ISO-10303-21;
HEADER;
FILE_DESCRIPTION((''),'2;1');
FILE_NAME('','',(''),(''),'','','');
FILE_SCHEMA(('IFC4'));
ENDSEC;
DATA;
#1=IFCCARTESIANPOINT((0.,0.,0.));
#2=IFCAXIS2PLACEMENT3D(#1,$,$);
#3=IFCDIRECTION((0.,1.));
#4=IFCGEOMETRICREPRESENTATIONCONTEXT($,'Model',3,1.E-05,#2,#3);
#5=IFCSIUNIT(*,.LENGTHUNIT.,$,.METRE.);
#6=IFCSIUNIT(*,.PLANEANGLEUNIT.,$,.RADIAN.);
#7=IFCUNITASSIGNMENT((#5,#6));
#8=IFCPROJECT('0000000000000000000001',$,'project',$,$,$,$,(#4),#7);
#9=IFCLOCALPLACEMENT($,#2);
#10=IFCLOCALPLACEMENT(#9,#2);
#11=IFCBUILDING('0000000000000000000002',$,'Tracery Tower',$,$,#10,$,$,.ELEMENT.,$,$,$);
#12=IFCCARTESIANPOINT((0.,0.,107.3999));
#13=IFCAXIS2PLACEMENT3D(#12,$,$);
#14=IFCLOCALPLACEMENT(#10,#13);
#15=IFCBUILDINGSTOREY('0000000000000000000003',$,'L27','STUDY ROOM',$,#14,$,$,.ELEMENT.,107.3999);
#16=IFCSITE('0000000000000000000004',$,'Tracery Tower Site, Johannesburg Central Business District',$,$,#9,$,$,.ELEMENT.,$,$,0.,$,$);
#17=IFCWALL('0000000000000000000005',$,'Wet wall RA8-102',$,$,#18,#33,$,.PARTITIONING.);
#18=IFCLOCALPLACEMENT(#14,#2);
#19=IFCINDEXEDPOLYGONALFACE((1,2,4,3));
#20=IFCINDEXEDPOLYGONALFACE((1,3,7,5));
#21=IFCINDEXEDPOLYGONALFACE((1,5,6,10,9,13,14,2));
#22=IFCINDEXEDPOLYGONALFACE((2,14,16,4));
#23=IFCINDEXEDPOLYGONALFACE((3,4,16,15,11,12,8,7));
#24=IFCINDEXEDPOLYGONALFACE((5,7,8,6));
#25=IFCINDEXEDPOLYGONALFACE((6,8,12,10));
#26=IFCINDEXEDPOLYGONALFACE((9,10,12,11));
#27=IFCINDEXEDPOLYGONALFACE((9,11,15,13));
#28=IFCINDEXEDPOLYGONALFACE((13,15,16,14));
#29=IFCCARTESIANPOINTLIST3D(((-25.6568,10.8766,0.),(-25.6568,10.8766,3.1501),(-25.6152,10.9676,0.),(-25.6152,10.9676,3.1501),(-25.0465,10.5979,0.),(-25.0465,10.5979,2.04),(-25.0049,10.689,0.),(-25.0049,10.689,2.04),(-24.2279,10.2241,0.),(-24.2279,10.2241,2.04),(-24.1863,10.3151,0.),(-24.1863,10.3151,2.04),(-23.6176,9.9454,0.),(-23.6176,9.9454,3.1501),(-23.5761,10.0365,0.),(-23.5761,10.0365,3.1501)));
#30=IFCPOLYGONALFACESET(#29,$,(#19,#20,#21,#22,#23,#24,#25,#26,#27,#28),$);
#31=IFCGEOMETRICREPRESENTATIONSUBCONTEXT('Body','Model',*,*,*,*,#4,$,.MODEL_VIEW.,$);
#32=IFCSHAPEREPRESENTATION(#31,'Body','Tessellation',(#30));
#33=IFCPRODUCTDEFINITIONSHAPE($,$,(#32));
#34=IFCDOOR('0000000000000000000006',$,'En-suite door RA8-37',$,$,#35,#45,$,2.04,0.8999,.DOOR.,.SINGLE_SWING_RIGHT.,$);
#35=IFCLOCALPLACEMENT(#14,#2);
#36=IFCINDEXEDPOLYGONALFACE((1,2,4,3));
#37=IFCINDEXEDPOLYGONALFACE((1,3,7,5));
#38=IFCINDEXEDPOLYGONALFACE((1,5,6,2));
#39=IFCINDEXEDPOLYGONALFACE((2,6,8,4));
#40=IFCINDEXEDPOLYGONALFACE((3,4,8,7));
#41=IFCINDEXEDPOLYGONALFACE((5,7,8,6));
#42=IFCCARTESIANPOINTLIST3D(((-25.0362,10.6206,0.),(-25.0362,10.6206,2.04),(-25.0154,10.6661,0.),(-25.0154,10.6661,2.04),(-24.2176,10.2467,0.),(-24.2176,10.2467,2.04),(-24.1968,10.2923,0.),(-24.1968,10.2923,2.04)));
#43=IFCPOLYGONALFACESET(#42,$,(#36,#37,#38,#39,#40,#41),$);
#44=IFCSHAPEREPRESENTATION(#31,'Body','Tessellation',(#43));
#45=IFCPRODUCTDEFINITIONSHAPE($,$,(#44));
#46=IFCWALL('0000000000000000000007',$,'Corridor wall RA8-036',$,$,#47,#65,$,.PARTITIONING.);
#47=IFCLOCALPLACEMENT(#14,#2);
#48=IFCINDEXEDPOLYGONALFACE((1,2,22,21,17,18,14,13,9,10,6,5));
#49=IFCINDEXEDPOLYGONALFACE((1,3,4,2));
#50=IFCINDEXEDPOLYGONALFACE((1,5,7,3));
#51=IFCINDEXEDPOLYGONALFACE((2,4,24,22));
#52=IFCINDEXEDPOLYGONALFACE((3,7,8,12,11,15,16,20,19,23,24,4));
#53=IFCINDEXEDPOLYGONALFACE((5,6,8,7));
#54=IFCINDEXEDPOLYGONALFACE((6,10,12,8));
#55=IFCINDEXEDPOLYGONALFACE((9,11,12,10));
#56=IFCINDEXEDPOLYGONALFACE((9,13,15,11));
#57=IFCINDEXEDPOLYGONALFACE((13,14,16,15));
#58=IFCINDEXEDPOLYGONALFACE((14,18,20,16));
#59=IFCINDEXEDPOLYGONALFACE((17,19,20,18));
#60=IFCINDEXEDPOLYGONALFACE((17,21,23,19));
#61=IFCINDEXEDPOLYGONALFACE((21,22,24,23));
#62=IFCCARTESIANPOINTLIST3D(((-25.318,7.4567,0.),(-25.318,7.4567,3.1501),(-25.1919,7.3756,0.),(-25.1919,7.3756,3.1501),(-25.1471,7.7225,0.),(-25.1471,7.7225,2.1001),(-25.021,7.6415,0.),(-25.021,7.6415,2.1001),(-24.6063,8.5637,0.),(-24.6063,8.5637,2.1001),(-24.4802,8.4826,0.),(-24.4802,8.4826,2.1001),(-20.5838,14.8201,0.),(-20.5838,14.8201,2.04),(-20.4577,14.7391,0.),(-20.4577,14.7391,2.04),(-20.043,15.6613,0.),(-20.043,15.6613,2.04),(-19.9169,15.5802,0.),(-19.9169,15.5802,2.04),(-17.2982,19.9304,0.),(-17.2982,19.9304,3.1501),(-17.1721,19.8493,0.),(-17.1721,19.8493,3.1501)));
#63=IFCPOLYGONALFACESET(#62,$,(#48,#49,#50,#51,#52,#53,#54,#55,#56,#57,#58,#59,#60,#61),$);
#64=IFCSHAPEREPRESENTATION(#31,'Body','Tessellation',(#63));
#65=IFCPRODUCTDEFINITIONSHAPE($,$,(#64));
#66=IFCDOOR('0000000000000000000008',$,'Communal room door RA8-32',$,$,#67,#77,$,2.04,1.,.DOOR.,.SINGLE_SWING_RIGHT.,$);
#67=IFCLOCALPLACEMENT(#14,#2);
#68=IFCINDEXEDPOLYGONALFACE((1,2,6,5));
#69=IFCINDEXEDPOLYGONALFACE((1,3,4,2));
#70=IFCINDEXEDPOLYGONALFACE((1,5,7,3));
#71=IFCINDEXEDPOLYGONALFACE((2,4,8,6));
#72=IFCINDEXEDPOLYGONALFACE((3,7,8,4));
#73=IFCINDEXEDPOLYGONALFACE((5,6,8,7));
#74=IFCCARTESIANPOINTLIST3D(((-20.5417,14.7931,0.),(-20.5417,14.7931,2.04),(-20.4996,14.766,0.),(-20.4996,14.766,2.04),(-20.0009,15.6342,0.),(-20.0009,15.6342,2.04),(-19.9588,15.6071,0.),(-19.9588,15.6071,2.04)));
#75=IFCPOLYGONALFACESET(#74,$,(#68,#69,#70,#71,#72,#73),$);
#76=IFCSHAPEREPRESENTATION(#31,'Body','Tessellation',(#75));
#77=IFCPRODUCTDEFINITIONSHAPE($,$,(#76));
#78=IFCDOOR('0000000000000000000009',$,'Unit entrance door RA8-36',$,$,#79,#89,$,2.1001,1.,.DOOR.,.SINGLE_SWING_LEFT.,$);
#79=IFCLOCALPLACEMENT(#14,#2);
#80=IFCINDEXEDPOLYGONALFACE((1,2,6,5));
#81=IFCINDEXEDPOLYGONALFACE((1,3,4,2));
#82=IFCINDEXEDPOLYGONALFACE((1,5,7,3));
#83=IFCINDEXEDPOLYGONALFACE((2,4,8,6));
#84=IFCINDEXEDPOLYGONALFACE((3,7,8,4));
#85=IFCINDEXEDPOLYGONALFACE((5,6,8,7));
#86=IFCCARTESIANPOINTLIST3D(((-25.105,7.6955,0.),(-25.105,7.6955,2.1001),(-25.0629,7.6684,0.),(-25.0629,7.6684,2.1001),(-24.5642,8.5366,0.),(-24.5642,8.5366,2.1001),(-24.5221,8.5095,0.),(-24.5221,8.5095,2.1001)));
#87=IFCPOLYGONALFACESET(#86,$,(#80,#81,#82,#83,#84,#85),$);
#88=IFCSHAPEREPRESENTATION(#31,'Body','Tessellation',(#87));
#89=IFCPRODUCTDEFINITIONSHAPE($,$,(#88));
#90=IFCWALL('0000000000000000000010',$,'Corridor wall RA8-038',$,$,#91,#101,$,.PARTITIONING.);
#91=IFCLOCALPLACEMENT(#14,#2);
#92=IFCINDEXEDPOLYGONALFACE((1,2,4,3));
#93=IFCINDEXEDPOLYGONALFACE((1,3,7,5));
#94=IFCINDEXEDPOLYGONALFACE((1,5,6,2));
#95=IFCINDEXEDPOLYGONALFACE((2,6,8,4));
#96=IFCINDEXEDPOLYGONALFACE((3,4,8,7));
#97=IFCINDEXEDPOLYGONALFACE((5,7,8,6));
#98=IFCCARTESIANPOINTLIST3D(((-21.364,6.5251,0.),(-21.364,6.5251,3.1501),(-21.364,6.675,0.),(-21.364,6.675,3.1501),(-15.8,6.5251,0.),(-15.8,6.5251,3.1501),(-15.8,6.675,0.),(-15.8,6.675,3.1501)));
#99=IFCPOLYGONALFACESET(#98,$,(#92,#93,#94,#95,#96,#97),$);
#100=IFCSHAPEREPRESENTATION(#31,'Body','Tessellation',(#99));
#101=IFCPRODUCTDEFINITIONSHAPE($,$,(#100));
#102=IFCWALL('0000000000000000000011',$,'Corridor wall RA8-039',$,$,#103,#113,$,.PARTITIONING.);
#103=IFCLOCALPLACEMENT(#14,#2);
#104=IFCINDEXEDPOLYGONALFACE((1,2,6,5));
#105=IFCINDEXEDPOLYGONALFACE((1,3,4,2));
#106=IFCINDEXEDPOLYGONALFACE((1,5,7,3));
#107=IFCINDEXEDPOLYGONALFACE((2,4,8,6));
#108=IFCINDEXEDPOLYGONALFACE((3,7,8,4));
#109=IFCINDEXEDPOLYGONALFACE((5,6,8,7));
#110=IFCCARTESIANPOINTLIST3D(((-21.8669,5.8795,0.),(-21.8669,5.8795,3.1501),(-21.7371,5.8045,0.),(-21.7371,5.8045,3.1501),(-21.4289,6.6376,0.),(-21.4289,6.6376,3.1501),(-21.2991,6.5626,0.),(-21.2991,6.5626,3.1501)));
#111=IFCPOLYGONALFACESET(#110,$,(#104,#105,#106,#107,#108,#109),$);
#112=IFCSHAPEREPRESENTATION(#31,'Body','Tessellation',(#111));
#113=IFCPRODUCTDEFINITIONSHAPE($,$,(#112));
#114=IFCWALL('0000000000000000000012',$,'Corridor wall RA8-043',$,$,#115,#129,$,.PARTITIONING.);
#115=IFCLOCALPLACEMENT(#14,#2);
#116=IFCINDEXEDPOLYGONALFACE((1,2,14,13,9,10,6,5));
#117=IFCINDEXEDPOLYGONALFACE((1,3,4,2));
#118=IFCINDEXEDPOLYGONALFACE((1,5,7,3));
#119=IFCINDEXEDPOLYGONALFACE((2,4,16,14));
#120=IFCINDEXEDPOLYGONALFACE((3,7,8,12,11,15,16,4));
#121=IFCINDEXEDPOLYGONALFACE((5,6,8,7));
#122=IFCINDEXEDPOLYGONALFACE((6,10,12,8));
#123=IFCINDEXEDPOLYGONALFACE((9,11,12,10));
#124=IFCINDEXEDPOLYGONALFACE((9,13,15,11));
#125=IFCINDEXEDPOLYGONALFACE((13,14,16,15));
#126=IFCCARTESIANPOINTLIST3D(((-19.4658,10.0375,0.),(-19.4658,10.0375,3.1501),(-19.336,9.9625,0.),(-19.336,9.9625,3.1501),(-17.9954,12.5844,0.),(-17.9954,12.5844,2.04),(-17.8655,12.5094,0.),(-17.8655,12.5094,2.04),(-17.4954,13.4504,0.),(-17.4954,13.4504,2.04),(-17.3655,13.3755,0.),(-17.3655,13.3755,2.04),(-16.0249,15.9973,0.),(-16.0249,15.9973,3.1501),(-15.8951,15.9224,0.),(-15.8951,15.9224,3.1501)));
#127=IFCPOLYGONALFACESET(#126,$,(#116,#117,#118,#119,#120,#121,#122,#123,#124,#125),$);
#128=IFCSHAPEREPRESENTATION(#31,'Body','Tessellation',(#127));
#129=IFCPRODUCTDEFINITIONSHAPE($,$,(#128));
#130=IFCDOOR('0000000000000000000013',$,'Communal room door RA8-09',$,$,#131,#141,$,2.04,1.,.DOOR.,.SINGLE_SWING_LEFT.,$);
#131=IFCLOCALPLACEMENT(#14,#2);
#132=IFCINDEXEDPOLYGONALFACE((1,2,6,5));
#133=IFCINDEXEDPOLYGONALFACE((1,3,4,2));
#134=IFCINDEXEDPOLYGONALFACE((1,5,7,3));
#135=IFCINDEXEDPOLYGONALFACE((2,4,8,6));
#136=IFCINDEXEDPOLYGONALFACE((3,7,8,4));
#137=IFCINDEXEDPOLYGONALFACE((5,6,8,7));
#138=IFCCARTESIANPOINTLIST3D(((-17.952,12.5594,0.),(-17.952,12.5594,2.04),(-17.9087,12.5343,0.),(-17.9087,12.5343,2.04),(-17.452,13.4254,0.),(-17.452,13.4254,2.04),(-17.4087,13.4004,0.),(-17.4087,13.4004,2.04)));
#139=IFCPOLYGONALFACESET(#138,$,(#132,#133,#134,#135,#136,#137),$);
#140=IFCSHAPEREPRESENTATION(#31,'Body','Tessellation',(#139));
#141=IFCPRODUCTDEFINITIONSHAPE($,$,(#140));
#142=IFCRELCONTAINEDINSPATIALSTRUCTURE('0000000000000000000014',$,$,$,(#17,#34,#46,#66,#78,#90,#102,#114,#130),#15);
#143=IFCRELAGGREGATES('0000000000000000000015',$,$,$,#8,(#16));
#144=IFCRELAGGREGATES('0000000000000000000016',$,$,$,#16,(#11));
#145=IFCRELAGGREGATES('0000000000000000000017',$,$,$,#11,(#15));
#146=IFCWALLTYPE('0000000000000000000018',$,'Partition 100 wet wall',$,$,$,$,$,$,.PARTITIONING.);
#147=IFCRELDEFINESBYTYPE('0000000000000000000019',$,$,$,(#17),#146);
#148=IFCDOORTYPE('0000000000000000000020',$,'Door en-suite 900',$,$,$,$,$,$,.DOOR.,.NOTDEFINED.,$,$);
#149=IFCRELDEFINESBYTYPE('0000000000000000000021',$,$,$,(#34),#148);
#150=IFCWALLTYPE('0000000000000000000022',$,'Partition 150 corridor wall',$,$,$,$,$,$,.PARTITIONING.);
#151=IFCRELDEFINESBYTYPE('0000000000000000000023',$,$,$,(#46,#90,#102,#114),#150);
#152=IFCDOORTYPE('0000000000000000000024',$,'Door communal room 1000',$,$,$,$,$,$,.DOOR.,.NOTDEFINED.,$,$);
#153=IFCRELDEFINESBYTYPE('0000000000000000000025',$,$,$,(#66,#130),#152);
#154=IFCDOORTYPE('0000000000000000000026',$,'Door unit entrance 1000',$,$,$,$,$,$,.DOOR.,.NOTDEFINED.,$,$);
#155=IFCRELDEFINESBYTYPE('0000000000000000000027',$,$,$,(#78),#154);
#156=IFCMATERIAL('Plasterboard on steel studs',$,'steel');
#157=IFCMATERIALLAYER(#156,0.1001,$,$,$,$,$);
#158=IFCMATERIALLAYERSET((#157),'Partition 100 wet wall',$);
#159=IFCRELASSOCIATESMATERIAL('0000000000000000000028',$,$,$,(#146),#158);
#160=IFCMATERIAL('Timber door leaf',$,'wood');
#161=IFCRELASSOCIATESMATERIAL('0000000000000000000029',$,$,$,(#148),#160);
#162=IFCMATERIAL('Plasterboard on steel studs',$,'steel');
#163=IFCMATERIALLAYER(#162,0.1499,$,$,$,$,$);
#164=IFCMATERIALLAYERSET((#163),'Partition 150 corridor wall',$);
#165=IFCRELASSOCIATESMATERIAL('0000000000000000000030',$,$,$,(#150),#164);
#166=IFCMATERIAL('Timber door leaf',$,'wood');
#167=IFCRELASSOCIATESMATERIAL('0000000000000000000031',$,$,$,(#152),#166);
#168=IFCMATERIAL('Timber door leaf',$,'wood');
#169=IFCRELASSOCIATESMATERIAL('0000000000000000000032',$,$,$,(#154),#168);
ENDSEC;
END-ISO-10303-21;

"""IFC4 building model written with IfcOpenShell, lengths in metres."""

from ifc_helpers import new_model, si_unit, direction, frame, frame_2d, origin, place, context, subcontext, project, spatial, rectangle, extrude, material, layer, layer_set, type_object, element, fill, save


model = new_model("IFC4")

# Units and contexts
model_context = context("Model", 3, precision=1e-05, world=origin(), true_north=direction((0.0, 1.0)))
body_context = subcontext(model_context, "Body", "Model", "MODEL_VIEW")
ifc_project = project(units=[si_unit("LENGTHUNIT", "METRE"), si_unit("PLANEANGLEUNIT", "RADIAN")], contexts=[model_context])

# Site, building, storey
site_placement = place(None, origin())
site = spatial("IfcSite", under=ifc_project, at=site_placement, Name="Tracery Tower Site, Johannesburg Central Business District", CompositionType="ELEMENT", RefElevation=0.0)
building_placement = place(site_placement, origin())
building = spatial("IfcBuilding", under=site, at=building_placement, Name="Tracery Tower", CompositionType="ELEMENT")
storey_placement = place(building_placement, frame((0.0, 0.0, 107.3999)))
storey = spatial("IfcBuildingStorey", under=building, at=storey_placement, Name="L27", Description="STUDY ROOM", CompositionType="ELEMENT", Elevation=107.3999)

# Shared definitions
ifc_material_1 = material(Name="Plasterboard on steel studs", Category="steel")
ifc_layer_1 = layer(ifc_material_1, 0.1001)
ifc_layer_set_1 = layer_set([ifc_layer_1], Name="Partition 100 wet wall")
wall_type_1 = type_object("IfcWallType", Name="Partition 100 wet wall", PredefinedType="PARTITIONING", material=ifc_layer_set_1)

# Wall, opening, door
wall_1_placement = place(storey_placement, frame((-25.636, 10.9221, 0.0), z_axis=(0.0, 0.0, 1.0), x_axis=(0.909641, -0.415394, 0.0)))
wall_1 = element("IfcWall", 1, at=wall_1_placement, inside=storey, type_object=wall_type_1, Name="Wet wall RA8-102", PredefinedType="PARTITIONING", context=body_context, shape_type="SweptSolid", body=[
    extrude(rectangle(XDim=2.2417, YDim=0.1001, at=frame_2d((1.1208, 0.0))), origin(), (0.0, 0.0, 1.0), 3.1501),
])
opening_1_placement = place(wall_1_placement, frame((0.6709, 0.0, 0.0)))
opening_1 = element("IfcOpeningElement", 2, at=opening_1_placement, cuts=wall_1, PredefinedType="OPENING", context=body_context, shape_type="SweptSolid", body=[
    extrude(rectangle(XDim=0.8999, YDim=2.04, at=frame_2d((0.45, 1.02))), frame((0.0, 0.05, 0.0), z_axis=(0.0, -1.0, 0.0), x_axis=(1.0, 0.0, 0.0)), (0.0, 0.0, 1.0), 0.1001),
])
ifc_material_2 = material(Name="Timber door leaf", Category="wood")
door_type_1 = type_object("IfcDoorType", Name="Door en-suite 900", OperationType="NOTDEFINED", PredefinedType="DOOR", material=ifc_material_2)
door_1_placement = place(opening_1_placement, origin())
door_1 = element("IfcDoor", 3, at=door_1_placement, inside=storey, type_object=door_type_1, Name="En-suite door RA8-37", OperationType="SINGLE_SWING_RIGHT", OverallHeight=2.04, OverallWidth=0.8999, PredefinedType="DOOR", context=body_context, shape_type="SweptSolid", body=[
    extrude(rectangle(XDim=0.8999, YDim=2.04, at=frame_2d((0.45, 1.02))), frame((0.0, 0.0249, 0.0), z_axis=(0.0, -1.0, 0.0), x_axis=(1.0, 0.0, 0.0)), (0.0, 0.0, 1.0), 0.05),
])
fill(opening_1, door_1)

# Wall, openings, doors
ifc_material_3 = material(Name="Plasterboard on steel studs", Category="steel")
ifc_layer_2 = layer(ifc_material_3, 0.1499)
ifc_layer_set_2 = layer_set([ifc_layer_2], Name="Partition 150 corridor wall")
wall_type_2 = type_object("IfcWallType", Name="Partition 150 corridor wall", PredefinedType="PARTITIONING", material=ifc_layer_set_2)
wall_2_placement = place(storey_placement, frame((-25.2549, 7.4163, 0.0), z_axis=(0.0, 0.0, 1.0), x_axis=(0.540806, 0.841147, 0.0)))
wall_2 = element("IfcWall", 4, at=wall_2_placement, inside=storey, type_object=wall_type_2, Name="Corridor wall RA8-036", PredefinedType="PARTITIONING", context=body_context, shape_type="SweptSolid", body=[
    extrude(rectangle(XDim=14.8293, YDim=0.1499, at=frame_2d((7.4146, 0.0))), origin(), (0.0, 0.0, 1.0), 3.1501),
])
opening_2_placement = place(wall_2_placement, frame((8.7539, 0.0, 0.0)))
opening_2 = element("IfcOpeningElement", 5, at=opening_2_placement, cuts=wall_2, PredefinedType="OPENING", context=body_context, shape_type="SweptSolid", body=[
    extrude(rectangle(XDim=1.0, YDim=2.04, at=frame_2d((0.5, 1.02))), frame((0.0, 0.075, 0.0), z_axis=(0.0, -1.0, 0.0), x_axis=(1.0, 0.0, 0.0)), (0.0, 0.0, 1.0), 0.1499),
])
opening_3_placement = place(wall_2_placement, frame((0.3159, 0.0, 0.0)))
opening_3 = element("IfcOpeningElement", 6, at=opening_3_placement, cuts=wall_2, PredefinedType="OPENING", context=body_context, shape_type="SweptSolid", body=[
    extrude(rectangle(XDim=1.0, YDim=2.1001, at=frame_2d((0.5, 1.05))), frame((0.0, 0.075, 0.0), z_axis=(0.0, -1.0, 0.0), x_axis=(1.0, 0.0, 0.0)), (0.0, 0.0, 1.0), 0.1499),
])
ifc_material_4 = material(Name="Timber door leaf", Category="wood")
door_type_2 = type_object("IfcDoorType", Name="Door communal room 1000", OperationType="NOTDEFINED", PredefinedType="DOOR", material=ifc_material_4)
door_2_placement = place(opening_2_placement, origin())
door_2 = element("IfcDoor", 7, at=door_2_placement, inside=storey, type_object=door_type_2, Name="Communal room door RA8-32", OperationType="SINGLE_SWING_RIGHT", OverallHeight=2.04, OverallWidth=1.0, PredefinedType="DOOR", context=body_context, shape_type="SweptSolid", body=[
    extrude(rectangle(XDim=1.0, YDim=2.04, at=frame_2d((0.5, 1.02))), frame((0.0, 0.0249, 0.0), z_axis=(0.0, -1.0, 0.0), x_axis=(1.0, 0.0, 0.0)), (0.0, 0.0, 1.0), 0.05),
])
fill(opening_2, door_2)
ifc_material_5 = material(Name="Timber door leaf", Category="wood")
door_type_3 = type_object("IfcDoorType", Name="Door unit entrance 1000", OperationType="NOTDEFINED", PredefinedType="DOOR", material=ifc_material_5)
door_3_placement = place(opening_3_placement, origin())
door_3 = element("IfcDoor", 8, at=door_3_placement, inside=storey, type_object=door_type_3, Name="Unit entrance door RA8-36", OperationType="SINGLE_SWING_LEFT", OverallHeight=2.1001, OverallWidth=1.0, PredefinedType="DOOR", context=body_context, shape_type="SweptSolid", body=[
    extrude(rectangle(XDim=1.0, YDim=2.1001, at=frame_2d((0.5, 1.05))), frame((0.0, 0.0249, 0.0), z_axis=(0.0, -1.0, 0.0), x_axis=(1.0, 0.0, 0.0)), (0.0, 0.0, 1.0), 0.05),
])
fill(opening_3, door_3)

# Walls
wall_3_placement = place(storey_placement, frame((-21.364, 6.6001, 0.0), z_axis=(0.0, 0.0, 1.0), x_axis=(1.0, 0.0, 0.0)))
element("IfcWall", 9, at=wall_3_placement, inside=storey, type_object=wall_type_2, Name="Corridor wall RA8-038", PredefinedType="PARTITIONING", context=body_context, shape_type="SweptSolid", body=[
    extrude(rectangle(XDim=5.564, YDim=0.1499, at=frame_2d((2.782, 0.0))), origin(), (0.0, 0.0, 1.0), 3.1501),
])
wall_4_placement = place(storey_placement, frame((-21.802, 5.842, 0.0), z_axis=(0.0, 0.0, 1.0), x_axis=(0.500278, 0.865865, 0.0)))
element("IfcWall", 10, at=wall_4_placement, inside=storey, type_object=wall_type_2, Name="Corridor wall RA8-039", PredefinedType="PARTITIONING", context=body_context, shape_type="SweptSolid", body=[
    extrude(rectangle(XDim=0.8755, YDim=0.1499, at=frame_2d((0.4377, 0.0))), origin(), (0.0, 0.0, 1.0), 3.1501),
])

# Wall, opening, door
wall_5_placement = place(storey_placement, frame((-19.4009, 10.0, 0.0), z_axis=(0.0, 0.0, 1.0), x_axis=(0.499993, 0.86603, 0.0)))
wall_5 = element("IfcWall", 11, at=wall_5_placement, inside=storey, type_object=wall_type_2, Name="Corridor wall RA8-043", PredefinedType="PARTITIONING", context=body_context, shape_type="SweptSolid", body=[
    extrude(rectangle(XDim=6.8818, YDim=0.1499, at=frame_2d((3.4409, 0.0))), origin(), (0.0, 0.0, 1.0), 3.1501),
])
opening_4_placement = place(wall_5_placement, frame((2.9409, 0.0, 0.0)))
opening_4 = element("IfcOpeningElement", 12, at=opening_4_placement, cuts=wall_5, PredefinedType="OPENING", context=body_context, shape_type="SweptSolid", body=[
    extrude(rectangle(XDim=1.0, YDim=2.04, at=frame_2d((0.5, 1.02))), frame((0.0, 0.075, 0.0), z_axis=(0.0, -1.0, 0.0), x_axis=(1.0, 0.0, 0.0)), (0.0, 0.0, 1.0), 0.1499),
])
door_4_placement = place(opening_4_placement, origin())
door_4 = element("IfcDoor", 13, at=door_4_placement, inside=storey, type_object=door_type_2, Name="Communal room door RA8-09", OperationType="SINGLE_SWING_LEFT", OverallHeight=2.04, OverallWidth=1.0, PredefinedType="DOOR", context=body_context, shape_type="SweptSolid", body=[
    extrude(rectangle(XDim=1.0, YDim=2.04, at=frame_2d((0.5, 1.02))), frame((0.0, 0.0249, 0.0), z_axis=(0.0, -1.0, 0.0), x_axis=(1.0, 0.0, 0.0)), (0.0, 0.0, 1.0), 0.05),
])
fill(opening_4, door_4)

save(model, "model.ifc")
